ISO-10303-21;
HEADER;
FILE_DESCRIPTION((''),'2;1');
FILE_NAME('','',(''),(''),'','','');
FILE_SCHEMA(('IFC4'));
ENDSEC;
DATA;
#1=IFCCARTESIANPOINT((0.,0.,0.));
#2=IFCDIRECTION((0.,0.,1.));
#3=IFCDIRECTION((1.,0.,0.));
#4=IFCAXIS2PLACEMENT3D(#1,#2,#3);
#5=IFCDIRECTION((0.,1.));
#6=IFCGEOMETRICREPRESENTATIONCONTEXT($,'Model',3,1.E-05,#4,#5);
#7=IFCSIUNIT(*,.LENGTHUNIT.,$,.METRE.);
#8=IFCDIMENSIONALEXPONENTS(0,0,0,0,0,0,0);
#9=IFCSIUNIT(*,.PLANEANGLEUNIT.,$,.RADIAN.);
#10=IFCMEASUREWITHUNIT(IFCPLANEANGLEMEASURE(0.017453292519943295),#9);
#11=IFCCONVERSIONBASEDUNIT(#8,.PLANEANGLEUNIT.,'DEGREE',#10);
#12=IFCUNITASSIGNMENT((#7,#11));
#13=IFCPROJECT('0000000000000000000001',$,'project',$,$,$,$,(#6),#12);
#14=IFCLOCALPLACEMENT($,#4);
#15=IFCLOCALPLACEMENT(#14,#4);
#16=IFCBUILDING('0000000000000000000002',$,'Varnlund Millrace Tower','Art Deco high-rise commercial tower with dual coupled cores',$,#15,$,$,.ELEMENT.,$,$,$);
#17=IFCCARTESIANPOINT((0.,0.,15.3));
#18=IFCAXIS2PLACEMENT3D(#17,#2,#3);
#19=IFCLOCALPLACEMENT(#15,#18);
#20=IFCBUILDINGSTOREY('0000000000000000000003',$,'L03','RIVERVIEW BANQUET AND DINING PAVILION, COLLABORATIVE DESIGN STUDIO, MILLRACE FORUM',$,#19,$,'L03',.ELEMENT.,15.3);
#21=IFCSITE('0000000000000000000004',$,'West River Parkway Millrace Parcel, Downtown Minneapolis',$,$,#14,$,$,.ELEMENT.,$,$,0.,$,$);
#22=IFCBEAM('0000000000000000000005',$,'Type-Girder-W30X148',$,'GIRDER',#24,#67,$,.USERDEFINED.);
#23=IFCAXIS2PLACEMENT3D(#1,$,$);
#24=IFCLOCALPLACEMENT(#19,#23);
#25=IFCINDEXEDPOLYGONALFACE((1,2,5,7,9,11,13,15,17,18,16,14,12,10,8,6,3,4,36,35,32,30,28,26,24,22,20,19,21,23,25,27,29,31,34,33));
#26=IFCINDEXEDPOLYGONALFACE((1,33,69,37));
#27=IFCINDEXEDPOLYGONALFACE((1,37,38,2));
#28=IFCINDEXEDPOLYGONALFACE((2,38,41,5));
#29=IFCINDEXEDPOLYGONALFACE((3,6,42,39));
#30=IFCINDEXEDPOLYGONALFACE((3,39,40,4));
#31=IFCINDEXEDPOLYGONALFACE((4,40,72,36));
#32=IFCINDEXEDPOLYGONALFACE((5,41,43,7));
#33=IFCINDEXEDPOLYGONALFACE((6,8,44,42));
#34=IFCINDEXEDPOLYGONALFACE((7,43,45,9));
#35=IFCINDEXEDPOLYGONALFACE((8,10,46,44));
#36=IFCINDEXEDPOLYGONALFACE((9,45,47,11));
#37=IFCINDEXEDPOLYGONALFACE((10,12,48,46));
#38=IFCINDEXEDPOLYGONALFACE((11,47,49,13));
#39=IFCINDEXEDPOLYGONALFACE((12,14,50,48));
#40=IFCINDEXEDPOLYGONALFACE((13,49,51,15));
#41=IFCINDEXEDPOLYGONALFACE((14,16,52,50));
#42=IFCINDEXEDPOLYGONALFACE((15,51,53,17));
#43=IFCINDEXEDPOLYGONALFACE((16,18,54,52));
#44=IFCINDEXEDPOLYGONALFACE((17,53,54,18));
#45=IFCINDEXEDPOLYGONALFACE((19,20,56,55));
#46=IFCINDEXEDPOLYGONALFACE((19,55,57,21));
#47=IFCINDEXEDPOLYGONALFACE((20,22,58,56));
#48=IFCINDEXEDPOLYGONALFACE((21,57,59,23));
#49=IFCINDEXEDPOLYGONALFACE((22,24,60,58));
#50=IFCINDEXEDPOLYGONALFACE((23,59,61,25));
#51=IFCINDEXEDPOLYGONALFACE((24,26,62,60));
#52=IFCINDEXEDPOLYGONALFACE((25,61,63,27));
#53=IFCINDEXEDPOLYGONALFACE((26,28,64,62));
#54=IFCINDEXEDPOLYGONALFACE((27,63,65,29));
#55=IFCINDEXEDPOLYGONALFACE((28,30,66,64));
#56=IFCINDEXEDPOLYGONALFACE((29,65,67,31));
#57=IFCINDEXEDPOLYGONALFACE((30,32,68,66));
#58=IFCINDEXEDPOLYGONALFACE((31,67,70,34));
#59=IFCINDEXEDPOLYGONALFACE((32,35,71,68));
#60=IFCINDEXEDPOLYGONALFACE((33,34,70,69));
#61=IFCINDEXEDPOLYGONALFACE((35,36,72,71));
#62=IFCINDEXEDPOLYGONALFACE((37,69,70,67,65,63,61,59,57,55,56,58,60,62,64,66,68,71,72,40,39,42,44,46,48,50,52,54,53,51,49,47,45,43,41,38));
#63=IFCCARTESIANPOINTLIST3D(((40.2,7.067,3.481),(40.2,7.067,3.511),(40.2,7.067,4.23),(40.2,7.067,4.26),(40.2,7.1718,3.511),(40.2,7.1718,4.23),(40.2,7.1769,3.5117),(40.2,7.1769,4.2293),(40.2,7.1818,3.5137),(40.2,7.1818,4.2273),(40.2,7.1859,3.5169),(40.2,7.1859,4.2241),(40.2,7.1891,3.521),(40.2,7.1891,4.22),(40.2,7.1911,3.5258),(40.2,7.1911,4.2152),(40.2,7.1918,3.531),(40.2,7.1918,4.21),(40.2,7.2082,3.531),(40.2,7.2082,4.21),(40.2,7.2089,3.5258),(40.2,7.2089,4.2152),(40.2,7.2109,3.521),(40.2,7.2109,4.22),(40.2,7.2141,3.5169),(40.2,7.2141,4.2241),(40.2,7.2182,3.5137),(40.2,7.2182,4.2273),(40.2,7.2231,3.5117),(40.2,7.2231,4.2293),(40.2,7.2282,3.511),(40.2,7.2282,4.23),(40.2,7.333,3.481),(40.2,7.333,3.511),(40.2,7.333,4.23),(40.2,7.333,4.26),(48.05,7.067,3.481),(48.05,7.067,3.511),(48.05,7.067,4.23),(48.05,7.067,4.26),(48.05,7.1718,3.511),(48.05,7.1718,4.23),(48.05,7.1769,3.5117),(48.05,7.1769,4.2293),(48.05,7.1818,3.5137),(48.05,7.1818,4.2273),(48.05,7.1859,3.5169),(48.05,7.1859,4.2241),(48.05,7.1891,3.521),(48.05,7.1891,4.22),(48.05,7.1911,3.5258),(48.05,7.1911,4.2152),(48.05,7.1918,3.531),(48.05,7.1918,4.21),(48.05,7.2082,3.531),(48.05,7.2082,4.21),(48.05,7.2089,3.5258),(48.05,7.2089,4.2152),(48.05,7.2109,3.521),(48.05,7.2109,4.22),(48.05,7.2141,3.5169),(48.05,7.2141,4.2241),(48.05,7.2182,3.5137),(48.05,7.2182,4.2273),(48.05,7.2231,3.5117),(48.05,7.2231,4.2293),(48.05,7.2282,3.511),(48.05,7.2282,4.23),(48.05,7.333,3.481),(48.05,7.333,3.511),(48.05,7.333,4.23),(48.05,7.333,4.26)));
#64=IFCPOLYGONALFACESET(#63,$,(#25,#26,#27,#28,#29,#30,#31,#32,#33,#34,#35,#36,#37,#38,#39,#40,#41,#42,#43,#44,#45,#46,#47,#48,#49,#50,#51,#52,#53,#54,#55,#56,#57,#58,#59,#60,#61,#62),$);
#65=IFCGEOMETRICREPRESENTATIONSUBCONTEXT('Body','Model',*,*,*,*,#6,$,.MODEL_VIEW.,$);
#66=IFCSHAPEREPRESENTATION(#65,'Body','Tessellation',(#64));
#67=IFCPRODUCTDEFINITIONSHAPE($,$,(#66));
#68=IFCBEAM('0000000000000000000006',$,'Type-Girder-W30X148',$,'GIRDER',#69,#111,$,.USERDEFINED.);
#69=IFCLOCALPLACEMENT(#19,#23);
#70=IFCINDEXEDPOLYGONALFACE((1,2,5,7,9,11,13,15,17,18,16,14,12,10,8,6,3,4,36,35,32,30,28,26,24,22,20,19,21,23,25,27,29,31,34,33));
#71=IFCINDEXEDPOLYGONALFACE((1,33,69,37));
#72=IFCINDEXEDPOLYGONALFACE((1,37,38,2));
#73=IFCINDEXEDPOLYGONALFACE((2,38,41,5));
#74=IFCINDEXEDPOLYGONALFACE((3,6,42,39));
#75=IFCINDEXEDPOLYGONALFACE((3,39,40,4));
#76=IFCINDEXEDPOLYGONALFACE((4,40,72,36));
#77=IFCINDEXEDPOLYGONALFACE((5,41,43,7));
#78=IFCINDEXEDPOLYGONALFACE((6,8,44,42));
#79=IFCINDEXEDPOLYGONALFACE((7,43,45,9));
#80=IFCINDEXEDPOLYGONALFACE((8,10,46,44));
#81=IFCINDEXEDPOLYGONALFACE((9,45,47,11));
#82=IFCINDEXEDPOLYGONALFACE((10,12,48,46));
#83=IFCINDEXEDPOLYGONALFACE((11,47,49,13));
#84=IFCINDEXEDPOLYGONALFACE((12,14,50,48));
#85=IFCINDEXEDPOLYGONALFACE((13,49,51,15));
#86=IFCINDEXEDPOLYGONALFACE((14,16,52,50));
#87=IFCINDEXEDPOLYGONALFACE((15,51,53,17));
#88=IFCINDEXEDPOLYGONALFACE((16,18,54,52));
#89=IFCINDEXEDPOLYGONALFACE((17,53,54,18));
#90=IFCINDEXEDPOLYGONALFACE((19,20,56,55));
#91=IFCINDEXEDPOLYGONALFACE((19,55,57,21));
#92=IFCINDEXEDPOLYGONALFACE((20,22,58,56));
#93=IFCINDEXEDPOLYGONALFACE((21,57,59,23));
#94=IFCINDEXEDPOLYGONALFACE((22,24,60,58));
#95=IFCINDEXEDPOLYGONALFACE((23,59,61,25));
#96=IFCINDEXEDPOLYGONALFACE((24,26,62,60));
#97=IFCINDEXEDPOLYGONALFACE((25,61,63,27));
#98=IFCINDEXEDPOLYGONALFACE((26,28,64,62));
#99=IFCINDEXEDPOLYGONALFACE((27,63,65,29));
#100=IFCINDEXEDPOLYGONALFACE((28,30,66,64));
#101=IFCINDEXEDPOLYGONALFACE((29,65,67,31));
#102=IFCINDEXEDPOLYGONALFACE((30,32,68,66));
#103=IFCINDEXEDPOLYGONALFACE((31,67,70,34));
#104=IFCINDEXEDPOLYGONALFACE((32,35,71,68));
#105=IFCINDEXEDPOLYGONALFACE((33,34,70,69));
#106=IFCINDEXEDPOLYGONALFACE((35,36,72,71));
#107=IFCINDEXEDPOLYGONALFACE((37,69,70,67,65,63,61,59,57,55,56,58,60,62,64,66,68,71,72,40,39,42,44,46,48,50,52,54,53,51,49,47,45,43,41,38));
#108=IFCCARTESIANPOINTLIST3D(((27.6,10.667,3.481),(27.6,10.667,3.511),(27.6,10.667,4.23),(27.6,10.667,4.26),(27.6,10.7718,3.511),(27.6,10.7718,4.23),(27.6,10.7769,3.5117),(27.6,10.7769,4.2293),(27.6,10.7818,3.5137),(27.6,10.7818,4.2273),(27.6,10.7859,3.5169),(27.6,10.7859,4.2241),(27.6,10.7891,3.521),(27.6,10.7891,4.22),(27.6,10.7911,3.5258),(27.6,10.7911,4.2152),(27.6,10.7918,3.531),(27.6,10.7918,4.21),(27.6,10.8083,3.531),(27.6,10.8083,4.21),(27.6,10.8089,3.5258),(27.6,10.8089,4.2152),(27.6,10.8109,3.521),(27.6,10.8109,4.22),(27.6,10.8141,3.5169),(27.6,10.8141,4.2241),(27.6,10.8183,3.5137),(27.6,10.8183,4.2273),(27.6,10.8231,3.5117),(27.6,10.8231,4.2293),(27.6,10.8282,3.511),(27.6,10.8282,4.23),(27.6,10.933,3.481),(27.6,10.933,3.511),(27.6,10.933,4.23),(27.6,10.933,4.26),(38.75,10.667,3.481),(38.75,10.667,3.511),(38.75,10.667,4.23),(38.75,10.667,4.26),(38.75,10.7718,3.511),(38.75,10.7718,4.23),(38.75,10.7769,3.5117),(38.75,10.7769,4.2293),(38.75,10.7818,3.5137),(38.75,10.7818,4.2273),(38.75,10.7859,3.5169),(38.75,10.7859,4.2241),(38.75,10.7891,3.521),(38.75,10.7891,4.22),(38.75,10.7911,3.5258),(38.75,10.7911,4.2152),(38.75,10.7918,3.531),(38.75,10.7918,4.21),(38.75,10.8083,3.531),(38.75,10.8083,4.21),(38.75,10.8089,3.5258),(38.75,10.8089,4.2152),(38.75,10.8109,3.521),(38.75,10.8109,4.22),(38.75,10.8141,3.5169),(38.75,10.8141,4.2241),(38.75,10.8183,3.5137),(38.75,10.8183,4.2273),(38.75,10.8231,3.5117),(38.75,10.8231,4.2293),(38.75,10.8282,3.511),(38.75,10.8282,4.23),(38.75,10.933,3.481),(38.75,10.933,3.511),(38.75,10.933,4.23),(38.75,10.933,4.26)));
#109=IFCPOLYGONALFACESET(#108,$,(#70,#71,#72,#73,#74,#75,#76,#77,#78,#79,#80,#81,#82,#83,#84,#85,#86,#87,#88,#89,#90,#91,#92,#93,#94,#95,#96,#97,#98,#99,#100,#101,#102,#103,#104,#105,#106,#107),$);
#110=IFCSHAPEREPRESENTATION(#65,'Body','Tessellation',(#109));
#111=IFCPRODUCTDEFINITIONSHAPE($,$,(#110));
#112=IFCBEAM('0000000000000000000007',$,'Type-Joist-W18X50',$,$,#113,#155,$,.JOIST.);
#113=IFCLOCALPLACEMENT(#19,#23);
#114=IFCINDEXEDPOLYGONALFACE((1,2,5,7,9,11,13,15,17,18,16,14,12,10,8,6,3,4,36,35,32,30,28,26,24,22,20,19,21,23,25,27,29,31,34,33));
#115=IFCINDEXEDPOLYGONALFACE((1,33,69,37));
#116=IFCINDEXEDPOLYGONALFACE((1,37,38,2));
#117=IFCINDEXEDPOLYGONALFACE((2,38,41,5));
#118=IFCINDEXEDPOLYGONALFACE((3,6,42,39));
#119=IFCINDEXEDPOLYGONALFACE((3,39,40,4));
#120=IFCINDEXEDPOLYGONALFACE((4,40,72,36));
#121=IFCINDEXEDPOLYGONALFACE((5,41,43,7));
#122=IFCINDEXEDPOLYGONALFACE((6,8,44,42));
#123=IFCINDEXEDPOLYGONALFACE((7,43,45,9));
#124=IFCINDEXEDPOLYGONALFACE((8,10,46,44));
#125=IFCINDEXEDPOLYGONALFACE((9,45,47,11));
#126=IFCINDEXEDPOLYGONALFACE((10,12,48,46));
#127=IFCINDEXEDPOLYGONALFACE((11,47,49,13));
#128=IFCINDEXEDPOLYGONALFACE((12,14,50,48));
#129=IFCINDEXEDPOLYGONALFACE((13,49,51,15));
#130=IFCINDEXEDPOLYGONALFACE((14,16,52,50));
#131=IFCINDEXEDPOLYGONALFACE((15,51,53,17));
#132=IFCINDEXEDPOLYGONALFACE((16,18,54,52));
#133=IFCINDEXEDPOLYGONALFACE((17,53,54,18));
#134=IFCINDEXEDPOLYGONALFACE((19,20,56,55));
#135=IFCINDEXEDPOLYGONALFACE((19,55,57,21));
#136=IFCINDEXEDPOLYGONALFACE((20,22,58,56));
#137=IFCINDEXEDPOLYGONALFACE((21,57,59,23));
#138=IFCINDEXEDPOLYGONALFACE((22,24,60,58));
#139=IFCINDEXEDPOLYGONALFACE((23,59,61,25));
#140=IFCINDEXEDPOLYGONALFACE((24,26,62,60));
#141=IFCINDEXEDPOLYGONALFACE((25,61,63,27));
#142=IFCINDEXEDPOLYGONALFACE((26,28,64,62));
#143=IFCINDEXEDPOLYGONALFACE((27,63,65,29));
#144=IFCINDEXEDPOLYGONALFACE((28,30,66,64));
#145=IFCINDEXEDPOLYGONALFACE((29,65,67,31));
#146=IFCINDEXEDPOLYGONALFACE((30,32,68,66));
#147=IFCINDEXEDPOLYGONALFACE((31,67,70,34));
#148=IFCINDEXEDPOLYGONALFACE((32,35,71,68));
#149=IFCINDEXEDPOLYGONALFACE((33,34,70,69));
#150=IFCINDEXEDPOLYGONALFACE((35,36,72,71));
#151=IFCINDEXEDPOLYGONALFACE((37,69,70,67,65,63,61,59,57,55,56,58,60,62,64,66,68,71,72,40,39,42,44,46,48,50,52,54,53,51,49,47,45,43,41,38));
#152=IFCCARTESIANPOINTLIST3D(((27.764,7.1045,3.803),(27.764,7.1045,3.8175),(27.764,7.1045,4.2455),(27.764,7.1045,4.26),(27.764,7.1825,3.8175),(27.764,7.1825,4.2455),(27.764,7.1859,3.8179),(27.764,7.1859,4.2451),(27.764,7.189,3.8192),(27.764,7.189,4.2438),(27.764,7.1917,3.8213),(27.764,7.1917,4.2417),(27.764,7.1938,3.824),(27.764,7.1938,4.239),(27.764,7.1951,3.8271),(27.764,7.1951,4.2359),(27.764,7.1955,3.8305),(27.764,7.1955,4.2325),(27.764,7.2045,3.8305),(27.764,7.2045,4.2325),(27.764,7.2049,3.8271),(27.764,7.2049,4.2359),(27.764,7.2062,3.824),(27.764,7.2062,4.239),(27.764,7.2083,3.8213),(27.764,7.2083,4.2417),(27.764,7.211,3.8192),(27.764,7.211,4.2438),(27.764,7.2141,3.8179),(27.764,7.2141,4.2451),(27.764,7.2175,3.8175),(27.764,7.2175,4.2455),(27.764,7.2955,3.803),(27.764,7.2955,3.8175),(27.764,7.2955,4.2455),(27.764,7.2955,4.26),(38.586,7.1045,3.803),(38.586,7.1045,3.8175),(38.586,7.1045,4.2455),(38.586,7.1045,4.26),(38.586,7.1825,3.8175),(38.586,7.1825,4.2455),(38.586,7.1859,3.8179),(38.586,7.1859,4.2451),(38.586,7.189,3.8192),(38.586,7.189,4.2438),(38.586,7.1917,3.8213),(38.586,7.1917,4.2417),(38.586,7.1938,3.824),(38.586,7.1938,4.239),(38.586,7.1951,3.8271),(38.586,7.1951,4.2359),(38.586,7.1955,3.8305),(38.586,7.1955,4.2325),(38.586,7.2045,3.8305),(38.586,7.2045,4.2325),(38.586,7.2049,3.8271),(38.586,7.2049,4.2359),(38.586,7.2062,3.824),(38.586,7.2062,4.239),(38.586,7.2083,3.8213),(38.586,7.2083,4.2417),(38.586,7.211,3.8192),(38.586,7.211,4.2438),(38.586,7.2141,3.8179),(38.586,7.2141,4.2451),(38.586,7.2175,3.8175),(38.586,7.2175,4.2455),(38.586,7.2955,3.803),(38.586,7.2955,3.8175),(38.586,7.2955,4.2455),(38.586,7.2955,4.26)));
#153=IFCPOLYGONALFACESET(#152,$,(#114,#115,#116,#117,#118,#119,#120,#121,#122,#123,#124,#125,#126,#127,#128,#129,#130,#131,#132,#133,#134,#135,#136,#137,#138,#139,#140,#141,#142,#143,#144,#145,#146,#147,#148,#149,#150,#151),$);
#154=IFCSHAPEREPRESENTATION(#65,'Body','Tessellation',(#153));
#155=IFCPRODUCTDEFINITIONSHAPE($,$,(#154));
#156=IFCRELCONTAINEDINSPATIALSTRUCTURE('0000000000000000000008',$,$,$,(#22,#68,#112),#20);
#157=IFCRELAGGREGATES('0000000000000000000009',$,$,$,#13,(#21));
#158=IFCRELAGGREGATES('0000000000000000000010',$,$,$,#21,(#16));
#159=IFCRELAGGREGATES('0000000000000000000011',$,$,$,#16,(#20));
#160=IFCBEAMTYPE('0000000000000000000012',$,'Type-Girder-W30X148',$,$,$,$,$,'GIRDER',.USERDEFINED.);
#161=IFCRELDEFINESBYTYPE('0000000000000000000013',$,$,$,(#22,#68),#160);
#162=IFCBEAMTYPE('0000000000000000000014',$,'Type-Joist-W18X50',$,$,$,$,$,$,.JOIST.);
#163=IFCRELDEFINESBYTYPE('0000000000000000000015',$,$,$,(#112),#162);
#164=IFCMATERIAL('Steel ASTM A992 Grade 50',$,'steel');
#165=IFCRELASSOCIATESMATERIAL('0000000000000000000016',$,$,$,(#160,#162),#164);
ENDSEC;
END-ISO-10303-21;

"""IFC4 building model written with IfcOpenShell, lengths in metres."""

from ifc_helpers import new_model, entity, si_unit, converted_unit, direction, frame, origin_with_axes, origin_2d_with_axis, place, context, subcontext, project, spatial, i_section, extrude, material, material_profile, profile_set, type_object, element, save


model = new_model("IFC4")

# Units and contexts
model_context = context("Model", 3, precision=1e-05, world=origin_with_axes(), true_north=direction((0.0, 1.0)))
body_context = subcontext(model_context, "Body", "Model", "MODEL_VIEW")
ifc_project = project(units=[si_unit("LENGTHUNIT", "METRE"), converted_unit("PLANEANGLEUNIT", "DEGREE", entity("IfcPlaneAngleMeasure", 0.017453292519943295), si_unit("PLANEANGLEUNIT", "RADIAN"), dimensions=[0, 0, 0, 0, 0, 0, 0])], contexts=[model_context])

# Site, building, storey
site_placement = place(None, origin_with_axes())
site = spatial("IfcSite", under=ifc_project, at=site_placement, Name="West River Parkway Millrace Parcel, Downtown Minneapolis", CompositionType="ELEMENT", RefElevation=0.0)
building_placement = place(site_placement, origin_with_axes())
building = spatial("IfcBuilding", under=site, at=building_placement, Name="Varnlund Millrace Tower", Description="Art Deco high-rise commercial tower with dual coupled cores", CompositionType="ELEMENT")
storey_placement = place(building_placement, frame((0.0, 0.0, 15.3), z_axis=(0.0, 0.0, 1.0), x_axis=(1.0, 0.0, 0.0)))
storey = spatial("IfcBuildingStorey", under=building, at=storey_placement, Name="L03", Description="RIVERVIEW BANQUET AND DINING PAVILION, COLLABORATIVE DESIGN STUDIO, MILLRACE FORUM", LongName="L03", CompositionType="ELEMENT", Elevation=15.3)

# Beams
ifc_material_1 = material(Name="Steel ASTM A992 Grade 50", Category="steel")
ifc_material_profile_1 = material_profile(ifc_material_1, i_section(OverallWidth=0.266, OverallDepth=0.779, WebThickness=0.0165, FlangeThickness=0.03, FilletRadius=0.02, at=origin_2d_with_axis()), Name="Steel ASTM A992 Grade 50")
ifc_profile_set_1 = profile_set([ifc_material_profile_1], Name="Steel ASTM A992 Grade 50")
beam_type_1 = type_object("IfcBeamType", Name="Type-Girder-W30X148", ElementType="GIRDER", PredefinedType="USERDEFINED", material=ifc_profile_set_1)
beam_1_placement = place(storey_placement, frame((40.2, 7.2, 3.8705), z_axis=(1.0, 0.0, 0.0), x_axis=(0.0, 1.0, 0.0)))
element("IfcBeam", 1, at=beam_1_placement, inside=storey, type_object=beam_type_1, Name="Type-Girder-W30X148", ObjectType="GIRDER", PredefinedType="USERDEFINED", context=body_context, shape_type="SweptSolid", body=[
    extrude(i_section(OverallWidth=0.266, OverallDepth=0.779, WebThickness=0.0165, FlangeThickness=0.03, FilletRadius=0.02, at=origin_2d_with_axis()), origin_with_axes(), (0.0, 0.0, 1.0), 7.85),
])
beam_2_placement = place(storey_placement, frame((27.6, 10.8, 3.8705), z_axis=(1.0, 0.0, 0.0), x_axis=(0.0, 1.0, 0.0)))
element("IfcBeam", 2, at=beam_2_placement, inside=storey, type_object=beam_type_1, Name="Type-Girder-W30X148", ObjectType="GIRDER", PredefinedType="USERDEFINED", context=body_context, shape_type="SweptSolid", body=[
    extrude(i_section(OverallWidth=0.266, OverallDepth=0.779, WebThickness=0.0165, FlangeThickness=0.03, FilletRadius=0.02, at=origin_2d_with_axis()), origin_with_axes(), (0.0, 0.0, 1.0), 11.15),
])
ifc_material_profile_2 = material_profile(ifc_material_1, i_section(OverallWidth=0.191, OverallDepth=0.457, WebThickness=0.009, FlangeThickness=0.0145, FilletRadius=0.013, at=origin_2d_with_axis()), Name="Steel ASTM A992 Grade 50")
ifc_profile_set_2 = profile_set([ifc_material_profile_2], Name="Steel ASTM A992 Grade 50")
beam_type_2 = type_object("IfcBeamType", Name="Type-Joist-W18X50", PredefinedType="JOIST", material=ifc_profile_set_2)
beam_3_placement = place(storey_placement, frame((27.764, 7.2, 4.0315), z_axis=(1.0, 0.0, 0.0), x_axis=(0.0, 1.0, 0.0)))
element("IfcBeam", 3, at=beam_3_placement, inside=storey, type_object=beam_type_2, Name="Type-Joist-W18X50", PredefinedType="JOIST", context=body_context, shape_type="SweptSolid", body=[
    extrude(i_section(OverallWidth=0.191, OverallDepth=0.457, WebThickness=0.009, FlangeThickness=0.0145, FilletRadius=0.013, at=origin_2d_with_axis()), origin_with_axes(), (0.0, 0.0, 1.0), 10.822),
])

save(model, "model.ifc")
